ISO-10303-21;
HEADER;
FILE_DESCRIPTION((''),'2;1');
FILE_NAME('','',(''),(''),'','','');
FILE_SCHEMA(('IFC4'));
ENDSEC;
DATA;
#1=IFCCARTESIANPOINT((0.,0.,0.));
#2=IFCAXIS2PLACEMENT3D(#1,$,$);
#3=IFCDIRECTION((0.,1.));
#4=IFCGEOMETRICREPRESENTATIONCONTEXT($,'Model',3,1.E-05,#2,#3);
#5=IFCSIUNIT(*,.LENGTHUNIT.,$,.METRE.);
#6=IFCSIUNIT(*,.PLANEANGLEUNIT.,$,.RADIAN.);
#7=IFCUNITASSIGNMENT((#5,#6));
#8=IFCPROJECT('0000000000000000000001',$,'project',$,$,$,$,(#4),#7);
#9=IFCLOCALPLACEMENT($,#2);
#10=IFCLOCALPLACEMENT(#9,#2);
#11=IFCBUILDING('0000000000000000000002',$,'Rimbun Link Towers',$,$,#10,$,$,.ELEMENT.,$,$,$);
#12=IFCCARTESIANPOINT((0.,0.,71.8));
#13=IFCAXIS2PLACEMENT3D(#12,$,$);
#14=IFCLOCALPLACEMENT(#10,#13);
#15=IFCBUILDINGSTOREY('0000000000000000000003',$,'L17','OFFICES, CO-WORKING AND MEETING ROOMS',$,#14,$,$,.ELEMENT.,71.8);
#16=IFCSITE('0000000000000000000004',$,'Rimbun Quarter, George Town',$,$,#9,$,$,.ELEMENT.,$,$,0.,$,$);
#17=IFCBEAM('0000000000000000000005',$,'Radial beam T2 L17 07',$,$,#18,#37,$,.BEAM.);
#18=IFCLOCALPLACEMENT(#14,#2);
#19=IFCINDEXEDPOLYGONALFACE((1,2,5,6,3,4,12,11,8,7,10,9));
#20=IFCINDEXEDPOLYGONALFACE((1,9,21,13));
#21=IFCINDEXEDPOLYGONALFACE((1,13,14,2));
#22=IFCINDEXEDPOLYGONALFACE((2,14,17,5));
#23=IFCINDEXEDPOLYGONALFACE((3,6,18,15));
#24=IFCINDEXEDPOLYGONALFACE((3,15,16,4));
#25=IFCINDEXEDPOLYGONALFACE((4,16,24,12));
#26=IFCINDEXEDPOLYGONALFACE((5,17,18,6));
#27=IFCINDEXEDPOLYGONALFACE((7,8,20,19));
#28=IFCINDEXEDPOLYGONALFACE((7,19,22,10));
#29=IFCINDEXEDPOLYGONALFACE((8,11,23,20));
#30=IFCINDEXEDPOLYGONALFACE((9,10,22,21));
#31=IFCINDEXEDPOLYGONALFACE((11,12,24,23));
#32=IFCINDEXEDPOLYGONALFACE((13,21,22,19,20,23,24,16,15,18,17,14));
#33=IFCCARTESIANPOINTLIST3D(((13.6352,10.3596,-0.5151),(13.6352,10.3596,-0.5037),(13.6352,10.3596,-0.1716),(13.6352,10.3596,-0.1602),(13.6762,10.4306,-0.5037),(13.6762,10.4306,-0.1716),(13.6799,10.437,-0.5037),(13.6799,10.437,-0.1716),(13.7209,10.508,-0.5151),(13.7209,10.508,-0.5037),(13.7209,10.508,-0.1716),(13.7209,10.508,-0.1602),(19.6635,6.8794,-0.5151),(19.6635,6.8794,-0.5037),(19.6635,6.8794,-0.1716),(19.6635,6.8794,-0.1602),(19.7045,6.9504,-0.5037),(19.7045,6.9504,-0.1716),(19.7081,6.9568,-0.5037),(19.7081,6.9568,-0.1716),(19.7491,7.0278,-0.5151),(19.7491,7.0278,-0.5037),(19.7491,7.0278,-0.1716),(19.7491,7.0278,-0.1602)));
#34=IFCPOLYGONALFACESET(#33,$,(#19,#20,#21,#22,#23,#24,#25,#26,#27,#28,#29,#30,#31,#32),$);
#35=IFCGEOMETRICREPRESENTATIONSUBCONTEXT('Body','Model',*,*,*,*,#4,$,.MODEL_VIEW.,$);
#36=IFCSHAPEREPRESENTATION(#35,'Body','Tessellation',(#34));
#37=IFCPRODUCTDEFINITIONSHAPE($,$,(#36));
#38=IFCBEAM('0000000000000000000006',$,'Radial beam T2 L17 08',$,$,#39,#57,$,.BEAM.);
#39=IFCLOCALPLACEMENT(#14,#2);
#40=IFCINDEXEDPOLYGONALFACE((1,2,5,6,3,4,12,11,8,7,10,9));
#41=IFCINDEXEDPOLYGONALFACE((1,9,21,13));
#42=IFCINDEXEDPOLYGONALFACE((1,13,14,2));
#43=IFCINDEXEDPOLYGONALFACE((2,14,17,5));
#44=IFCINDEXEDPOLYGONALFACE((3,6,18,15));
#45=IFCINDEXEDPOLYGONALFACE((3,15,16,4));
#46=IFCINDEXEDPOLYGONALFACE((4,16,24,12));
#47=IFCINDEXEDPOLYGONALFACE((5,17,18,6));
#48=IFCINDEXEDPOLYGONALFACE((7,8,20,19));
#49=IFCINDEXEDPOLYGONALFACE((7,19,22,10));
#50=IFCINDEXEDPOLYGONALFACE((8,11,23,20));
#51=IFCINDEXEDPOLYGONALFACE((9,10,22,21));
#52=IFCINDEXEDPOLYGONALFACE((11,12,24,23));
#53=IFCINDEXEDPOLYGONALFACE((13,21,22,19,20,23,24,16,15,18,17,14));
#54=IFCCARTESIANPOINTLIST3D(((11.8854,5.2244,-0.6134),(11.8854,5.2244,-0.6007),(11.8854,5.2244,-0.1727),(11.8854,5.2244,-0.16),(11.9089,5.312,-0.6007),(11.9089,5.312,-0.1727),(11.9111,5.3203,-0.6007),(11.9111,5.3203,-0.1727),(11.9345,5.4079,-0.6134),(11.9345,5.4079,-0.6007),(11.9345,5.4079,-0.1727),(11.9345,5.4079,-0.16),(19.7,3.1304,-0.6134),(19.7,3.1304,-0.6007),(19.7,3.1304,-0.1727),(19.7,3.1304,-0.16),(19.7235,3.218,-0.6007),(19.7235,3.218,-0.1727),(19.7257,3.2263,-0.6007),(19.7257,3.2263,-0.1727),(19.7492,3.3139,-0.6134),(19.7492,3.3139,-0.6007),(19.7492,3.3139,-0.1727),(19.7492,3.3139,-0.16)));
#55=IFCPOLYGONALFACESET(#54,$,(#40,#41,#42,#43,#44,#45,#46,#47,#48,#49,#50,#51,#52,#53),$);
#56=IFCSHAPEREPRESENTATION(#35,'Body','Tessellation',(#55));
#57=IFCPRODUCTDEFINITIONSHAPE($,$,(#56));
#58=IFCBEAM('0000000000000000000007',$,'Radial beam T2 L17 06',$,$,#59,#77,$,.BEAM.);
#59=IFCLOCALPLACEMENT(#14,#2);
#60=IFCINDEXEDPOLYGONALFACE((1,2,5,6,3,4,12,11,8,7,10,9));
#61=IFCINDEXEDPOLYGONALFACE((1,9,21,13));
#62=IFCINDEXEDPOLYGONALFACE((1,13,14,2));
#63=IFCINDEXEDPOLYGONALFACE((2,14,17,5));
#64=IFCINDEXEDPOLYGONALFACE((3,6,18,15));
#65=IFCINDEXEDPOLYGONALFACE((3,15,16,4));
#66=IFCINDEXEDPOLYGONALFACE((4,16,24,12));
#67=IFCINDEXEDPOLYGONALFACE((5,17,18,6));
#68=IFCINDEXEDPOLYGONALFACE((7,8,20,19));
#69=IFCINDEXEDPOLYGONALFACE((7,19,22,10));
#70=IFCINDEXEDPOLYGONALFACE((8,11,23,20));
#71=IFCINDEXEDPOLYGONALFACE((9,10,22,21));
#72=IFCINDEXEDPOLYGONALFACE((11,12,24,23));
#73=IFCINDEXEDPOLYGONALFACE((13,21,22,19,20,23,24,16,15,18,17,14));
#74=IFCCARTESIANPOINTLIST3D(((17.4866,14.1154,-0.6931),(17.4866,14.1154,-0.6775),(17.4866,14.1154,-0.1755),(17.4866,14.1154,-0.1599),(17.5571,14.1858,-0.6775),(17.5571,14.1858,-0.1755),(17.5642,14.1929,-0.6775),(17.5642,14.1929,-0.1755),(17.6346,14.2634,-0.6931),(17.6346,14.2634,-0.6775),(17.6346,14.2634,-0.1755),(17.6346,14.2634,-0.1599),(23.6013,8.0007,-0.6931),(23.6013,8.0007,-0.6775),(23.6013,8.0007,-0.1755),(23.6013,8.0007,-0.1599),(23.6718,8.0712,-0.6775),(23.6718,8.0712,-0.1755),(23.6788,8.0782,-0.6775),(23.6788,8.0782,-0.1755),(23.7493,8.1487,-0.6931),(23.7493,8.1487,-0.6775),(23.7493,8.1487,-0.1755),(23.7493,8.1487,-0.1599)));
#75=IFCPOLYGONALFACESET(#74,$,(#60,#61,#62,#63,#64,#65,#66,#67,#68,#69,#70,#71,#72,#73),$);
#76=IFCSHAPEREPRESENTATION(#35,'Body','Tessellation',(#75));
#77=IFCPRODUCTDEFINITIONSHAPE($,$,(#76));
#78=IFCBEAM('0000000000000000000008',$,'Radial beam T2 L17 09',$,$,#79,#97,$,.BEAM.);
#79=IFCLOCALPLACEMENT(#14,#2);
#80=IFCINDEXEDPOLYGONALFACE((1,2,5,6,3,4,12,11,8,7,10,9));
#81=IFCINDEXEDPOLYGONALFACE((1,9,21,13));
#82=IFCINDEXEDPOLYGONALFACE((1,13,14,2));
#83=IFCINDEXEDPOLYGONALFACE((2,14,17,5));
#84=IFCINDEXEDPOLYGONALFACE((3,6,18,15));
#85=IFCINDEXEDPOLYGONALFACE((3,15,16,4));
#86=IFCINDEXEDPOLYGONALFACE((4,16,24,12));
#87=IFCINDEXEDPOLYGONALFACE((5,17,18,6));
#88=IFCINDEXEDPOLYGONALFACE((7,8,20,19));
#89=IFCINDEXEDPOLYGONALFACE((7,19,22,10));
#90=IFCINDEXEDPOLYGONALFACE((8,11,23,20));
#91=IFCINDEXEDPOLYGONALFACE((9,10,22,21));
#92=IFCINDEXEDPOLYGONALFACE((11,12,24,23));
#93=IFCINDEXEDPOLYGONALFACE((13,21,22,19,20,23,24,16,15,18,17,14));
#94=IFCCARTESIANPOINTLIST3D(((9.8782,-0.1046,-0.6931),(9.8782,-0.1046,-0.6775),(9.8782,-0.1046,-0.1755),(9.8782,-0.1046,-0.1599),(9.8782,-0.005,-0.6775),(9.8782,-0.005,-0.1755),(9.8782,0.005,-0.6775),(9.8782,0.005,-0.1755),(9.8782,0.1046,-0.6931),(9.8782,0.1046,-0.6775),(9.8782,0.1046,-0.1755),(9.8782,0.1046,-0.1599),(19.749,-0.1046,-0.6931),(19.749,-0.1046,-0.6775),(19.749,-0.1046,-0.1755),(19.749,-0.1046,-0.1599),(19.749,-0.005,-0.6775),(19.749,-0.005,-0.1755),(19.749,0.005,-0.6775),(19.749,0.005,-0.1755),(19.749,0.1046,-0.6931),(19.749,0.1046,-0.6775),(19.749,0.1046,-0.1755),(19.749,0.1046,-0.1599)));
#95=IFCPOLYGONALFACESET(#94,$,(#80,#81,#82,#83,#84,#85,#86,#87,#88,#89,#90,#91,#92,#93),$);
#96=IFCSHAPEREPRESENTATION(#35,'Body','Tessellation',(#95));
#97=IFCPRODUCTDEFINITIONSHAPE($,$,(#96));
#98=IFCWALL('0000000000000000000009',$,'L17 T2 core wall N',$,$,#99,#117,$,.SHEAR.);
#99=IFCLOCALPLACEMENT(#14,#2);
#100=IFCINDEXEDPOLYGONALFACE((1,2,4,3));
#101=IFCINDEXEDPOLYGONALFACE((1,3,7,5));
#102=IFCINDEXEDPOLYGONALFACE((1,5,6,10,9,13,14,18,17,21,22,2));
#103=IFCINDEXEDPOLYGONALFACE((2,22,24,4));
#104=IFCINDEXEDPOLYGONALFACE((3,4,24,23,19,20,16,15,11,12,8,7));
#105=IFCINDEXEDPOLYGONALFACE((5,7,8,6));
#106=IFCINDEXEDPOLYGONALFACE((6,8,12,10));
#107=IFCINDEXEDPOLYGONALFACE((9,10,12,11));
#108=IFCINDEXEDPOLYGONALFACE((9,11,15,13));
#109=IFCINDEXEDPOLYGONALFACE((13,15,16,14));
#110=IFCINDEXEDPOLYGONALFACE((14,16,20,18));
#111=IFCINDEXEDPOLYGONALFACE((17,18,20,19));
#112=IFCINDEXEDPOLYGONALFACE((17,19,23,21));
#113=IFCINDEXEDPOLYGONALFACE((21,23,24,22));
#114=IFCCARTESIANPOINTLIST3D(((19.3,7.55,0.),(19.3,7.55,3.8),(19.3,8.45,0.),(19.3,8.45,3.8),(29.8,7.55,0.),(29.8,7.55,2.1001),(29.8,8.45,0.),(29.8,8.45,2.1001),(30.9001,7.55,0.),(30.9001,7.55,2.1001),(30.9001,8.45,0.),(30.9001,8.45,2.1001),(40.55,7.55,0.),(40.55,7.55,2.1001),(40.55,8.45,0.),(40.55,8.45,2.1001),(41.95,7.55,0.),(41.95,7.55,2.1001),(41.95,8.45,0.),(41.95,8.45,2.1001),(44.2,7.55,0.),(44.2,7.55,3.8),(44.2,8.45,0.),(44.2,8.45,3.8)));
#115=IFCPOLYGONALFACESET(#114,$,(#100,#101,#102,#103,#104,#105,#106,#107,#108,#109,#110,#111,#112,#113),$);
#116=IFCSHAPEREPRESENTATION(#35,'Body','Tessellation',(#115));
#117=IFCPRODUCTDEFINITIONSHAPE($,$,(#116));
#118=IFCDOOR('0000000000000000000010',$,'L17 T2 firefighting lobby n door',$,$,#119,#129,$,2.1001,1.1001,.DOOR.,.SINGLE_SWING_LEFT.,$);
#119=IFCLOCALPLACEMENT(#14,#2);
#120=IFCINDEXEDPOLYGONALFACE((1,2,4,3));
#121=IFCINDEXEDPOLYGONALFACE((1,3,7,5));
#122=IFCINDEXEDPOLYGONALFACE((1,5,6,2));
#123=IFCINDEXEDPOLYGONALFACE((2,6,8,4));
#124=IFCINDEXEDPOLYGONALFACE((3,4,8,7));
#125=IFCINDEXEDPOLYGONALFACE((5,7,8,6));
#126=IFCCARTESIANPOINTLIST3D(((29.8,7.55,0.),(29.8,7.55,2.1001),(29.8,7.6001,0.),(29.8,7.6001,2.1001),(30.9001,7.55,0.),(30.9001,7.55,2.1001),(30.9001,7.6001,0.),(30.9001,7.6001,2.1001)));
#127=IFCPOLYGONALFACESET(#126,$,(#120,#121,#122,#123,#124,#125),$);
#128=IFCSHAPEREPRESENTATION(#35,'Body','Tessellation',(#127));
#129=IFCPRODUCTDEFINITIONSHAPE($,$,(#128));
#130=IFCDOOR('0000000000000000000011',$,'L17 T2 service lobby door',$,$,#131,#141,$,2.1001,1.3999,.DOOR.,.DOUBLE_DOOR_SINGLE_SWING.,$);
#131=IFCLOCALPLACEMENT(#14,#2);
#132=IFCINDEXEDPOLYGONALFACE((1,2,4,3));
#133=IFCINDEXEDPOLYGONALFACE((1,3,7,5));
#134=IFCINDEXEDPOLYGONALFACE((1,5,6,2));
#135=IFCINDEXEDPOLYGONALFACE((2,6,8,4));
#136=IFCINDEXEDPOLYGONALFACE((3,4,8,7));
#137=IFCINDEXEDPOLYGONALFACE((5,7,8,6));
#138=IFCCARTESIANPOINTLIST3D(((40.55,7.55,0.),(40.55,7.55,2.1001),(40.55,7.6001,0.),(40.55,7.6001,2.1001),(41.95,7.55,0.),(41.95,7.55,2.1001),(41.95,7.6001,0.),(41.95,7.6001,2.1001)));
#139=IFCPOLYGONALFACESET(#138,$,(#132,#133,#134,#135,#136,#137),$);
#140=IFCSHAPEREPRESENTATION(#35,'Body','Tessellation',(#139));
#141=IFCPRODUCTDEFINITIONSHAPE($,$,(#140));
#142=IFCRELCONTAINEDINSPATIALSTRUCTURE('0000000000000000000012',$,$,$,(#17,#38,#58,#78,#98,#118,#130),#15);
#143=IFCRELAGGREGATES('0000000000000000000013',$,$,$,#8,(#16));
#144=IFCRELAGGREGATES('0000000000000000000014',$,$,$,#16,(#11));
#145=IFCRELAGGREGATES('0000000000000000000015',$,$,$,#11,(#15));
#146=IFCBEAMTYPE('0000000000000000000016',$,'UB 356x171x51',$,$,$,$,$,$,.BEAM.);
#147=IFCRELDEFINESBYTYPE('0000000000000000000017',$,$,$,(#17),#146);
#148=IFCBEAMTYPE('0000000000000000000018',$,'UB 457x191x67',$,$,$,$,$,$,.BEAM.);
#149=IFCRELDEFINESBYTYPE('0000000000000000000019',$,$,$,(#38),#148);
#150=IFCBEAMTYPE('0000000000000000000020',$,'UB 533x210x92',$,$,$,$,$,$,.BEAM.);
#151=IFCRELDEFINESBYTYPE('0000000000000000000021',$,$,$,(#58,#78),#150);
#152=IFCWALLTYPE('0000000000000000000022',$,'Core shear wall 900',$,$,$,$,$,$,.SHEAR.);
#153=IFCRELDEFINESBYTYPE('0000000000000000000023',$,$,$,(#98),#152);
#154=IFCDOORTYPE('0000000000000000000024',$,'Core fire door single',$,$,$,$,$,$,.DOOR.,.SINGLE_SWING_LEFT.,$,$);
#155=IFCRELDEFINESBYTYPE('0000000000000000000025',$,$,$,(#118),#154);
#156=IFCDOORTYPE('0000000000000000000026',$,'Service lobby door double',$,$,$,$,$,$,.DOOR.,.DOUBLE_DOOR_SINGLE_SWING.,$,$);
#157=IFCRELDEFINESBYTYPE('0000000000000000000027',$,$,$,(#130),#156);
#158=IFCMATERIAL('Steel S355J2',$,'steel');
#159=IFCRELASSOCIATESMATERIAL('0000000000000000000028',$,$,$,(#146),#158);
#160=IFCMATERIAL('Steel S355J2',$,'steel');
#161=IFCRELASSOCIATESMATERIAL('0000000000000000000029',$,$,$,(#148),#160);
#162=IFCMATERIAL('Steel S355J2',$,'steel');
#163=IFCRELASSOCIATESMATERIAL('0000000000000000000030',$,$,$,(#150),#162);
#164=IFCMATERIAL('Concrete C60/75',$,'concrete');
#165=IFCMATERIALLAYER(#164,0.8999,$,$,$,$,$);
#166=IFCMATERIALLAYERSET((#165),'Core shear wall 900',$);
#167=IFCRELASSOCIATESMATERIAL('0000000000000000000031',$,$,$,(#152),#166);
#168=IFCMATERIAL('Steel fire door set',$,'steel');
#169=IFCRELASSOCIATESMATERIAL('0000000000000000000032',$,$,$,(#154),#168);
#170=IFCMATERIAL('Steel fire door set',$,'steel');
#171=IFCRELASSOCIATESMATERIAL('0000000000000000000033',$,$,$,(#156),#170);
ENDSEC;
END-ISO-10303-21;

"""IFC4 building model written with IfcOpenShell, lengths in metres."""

from ifc_helpers import new_model, si_unit, direction, frame, frame_2d, origin, origin_2d, place, context, subcontext, project, spatial, rectangle, i_section, extrude, material, layer, layer_set, material_profile, profile_set, type_object, element, fill, save


model = new_model("IFC4")

# Units and contexts
model_context = context("Model", 3, precision=1e-05, world=origin(), true_north=direction((0.0, 1.0)))
body_context = subcontext(model_context, "Body", "Model", "MODEL_VIEW")
ifc_project = project(units=[si_unit("LENGTHUNIT", "METRE"), si_unit("PLANEANGLEUNIT", "RADIAN")], contexts=[model_context])

# Site, building, storey
site_placement = place(None, origin())
site = spatial("IfcSite", under=ifc_project, at=site_placement, Name="Rimbun Quarter, George Town", CompositionType="ELEMENT", RefElevation=0.0)
building_placement = place(site_placement, origin())
building = spatial("IfcBuilding", under=site, at=building_placement, Name="Rimbun Link Towers", CompositionType="ELEMENT")
storey_placement = place(building_placement, frame((0.0, 0.0, 71.8)))
storey = spatial("IfcBuildingStorey", under=building, at=storey_placement, Name="L17", Description="OFFICES, CO-WORKING AND MEETING ROOMS", CompositionType="ELEMENT", Elevation=71.8)

# Beams
ifc_material_1 = material(Name="Steel S355J2", Category="steel")
ifc_material_profile_1 = material_profile(ifc_material_1, i_section(OverallWidth=0.1714, OverallDepth=0.355, WebThickness=0.0073, FlangeThickness=0.0115, at=origin_2d()), Name="UB 356x171x51")
ifc_profile_set_1 = profile_set([ifc_material_profile_1], Name="Steel S355J2")
beam_type_1 = type_object("IfcBeamType", Name="UB 356x171x51", PredefinedType="BEAM", material=ifc_profile_set_1)
beam_1_placement = place(storey_placement, frame((19.7063, 6.9536, -0.3376), z_axis=(-0.86604, 0.499975, 0.0), x_axis=(-0.499975, -0.86604, 0.0)))
element("IfcBeam", 1, at=beam_1_placement, inside=storey, type_object=beam_type_1, Name="Radial beam T2 L17 07", PredefinedType="BEAM", context=body_context, shape_type="SweptSolid", body=[
    extrude(i_section(OverallWidth=0.1714, OverallDepth=0.355, WebThickness=0.0073, FlangeThickness=0.0115, at=origin_2d()), origin(), (0.0, 0.0, 1.0), 6.9607),
])
ifc_material_2 = material(Name="Steel S355J2", Category="steel")
ifc_material_profile_2 = material_profile(ifc_material_2, i_section(OverallWidth=0.1899, OverallDepth=0.4534, WebThickness=0.0085, FlangeThickness=0.0127, at=origin_2d()), Name="UB 457x191x67")
ifc_profile_set_2 = profile_set([ifc_material_profile_2], Name="Steel S355J2")
beam_type_2 = type_object("IfcBeamType", Name="UB 457x191x67", PredefinedType="BEAM", material=ifc_profile_set_2)
beam_2_placement = place(storey_placement, frame((19.7246, 3.2222, -0.3867), z_axis=(-0.965924, 0.258825, 0.0), x_axis=(-0.258825, -0.965924, 0.0)))
element("IfcBeam", 2, at=beam_2_placement, inside=storey, type_object=beam_type_2, Name="Radial beam T2 L17 08", PredefinedType="BEAM", context=body_context, shape_type="SweptSolid", body=[
    extrude(i_section(OverallWidth=0.1899, OverallDepth=0.4534, WebThickness=0.0085, FlangeThickness=0.0127, at=origin_2d()), origin(), (0.0, 0.0, 1.0), 8.0903),
])
ifc_material_3 = material(Name="Steel S355J2", Category="steel")
ifc_material_profile_3 = material_profile(ifc_material_3, i_section(OverallWidth=0.2092, OverallDepth=0.5332, WebThickness=0.01, FlangeThickness=0.0156, at=origin_2d()), Name="UB 533x210x92")
ifc_profile_set_3 = profile_set([ifc_material_profile_3], Name="Steel S355J2")
beam_type_3 = type_object("IfcBeamType", Name="UB 533x210x92", PredefinedType="BEAM", material=ifc_profile_set_3)
beam_3_placement = place(storey_placement, frame((23.6753, 8.0747, -0.4265), z_axis=(-0.707107, 0.707107, 0.0), x_axis=(-0.707107, -0.707107, 0.0)))
element("IfcBeam", 3, at=beam_3_placement, inside=storey, type_object=beam_type_3, Name="Radial beam T2 L17 06", PredefinedType="BEAM", context=body_context, shape_type="SweptSolid", body=[
    extrude(i_section(OverallWidth=0.2092, OverallDepth=0.5332, WebThickness=0.01, FlangeThickness=0.0156, at=origin_2d()), origin(), (0.0, 0.0, 1.0), 8.6475),
])
beam_4_placement = place(storey_placement, frame((19.749, 0.0, -0.4265), z_axis=(-1.0, 0.0, 0.0), x_axis=(0.0, -1.0, 0.0)))
element("IfcBeam", 4, at=beam_4_placement, inside=storey, type_object=beam_type_3, Name="Radial beam T2 L17 09", PredefinedType="BEAM", context=body_context, shape_type="SweptSolid", body=[
    extrude(i_section(OverallWidth=0.2092, OverallDepth=0.5332, WebThickness=0.01, FlangeThickness=0.0156, at=origin_2d()), origin(), (0.0, 0.0, 1.0), 9.8708),
])

# Wall, openings, doors
ifc_material_4 = material(Name="Concrete C60/75", Category="concrete")
ifc_layer_1 = layer(ifc_material_4, 0.8999)
ifc_layer_set_1 = layer_set([ifc_layer_1], Name="Core shear wall 900")
wall_type_1 = type_object("IfcWallType", Name="Core shear wall 900", PredefinedType="SHEAR", material=ifc_layer_set_1)
wall_1_placement = place(storey_placement, frame((19.3, 8.0, 0.0), z_axis=(0.0, 0.0, 1.0), x_axis=(1.0, 0.0, 0.0)))
wall_1 = element("IfcWall", 5, at=wall_1_placement, inside=storey, type_object=wall_type_1, Name="L17 T2 core wall N", PredefinedType="SHEAR", context=body_context, shape_type="SweptSolid", body=[
    extrude(rectangle(XDim=24.8999, YDim=0.8999, at=frame_2d((12.45, 0.0))), origin(), (0.0, 0.0, 1.0), 3.8),
])
opening_1_placement = place(wall_1_placement, frame((10.5, 0.0, 0.0)))
opening_1 = element("IfcOpeningElement", 6, at=opening_1_placement, cuts=wall_1, PredefinedType="OPENING", context=body_context, shape_type="SweptSolid", body=[
    extrude(rectangle(XDim=1.1001, YDim=2.1001, at=frame_2d((0.55, 1.05))), frame((0.0, 0.46, 0.0), z_axis=(0.0, -1.0, 0.0), x_axis=(1.0, 0.0, 0.0)), (0.0, 0.0, 1.0), 0.9199),
])
opening_2_placement = place(wall_1_placement, frame((21.25, 0.0, 0.0)))
opening_2 = element("IfcOpeningElement", 7, at=opening_2_placement, cuts=wall_1, PredefinedType="OPENING", context=body_context, shape_type="SweptSolid", body=[
    extrude(rectangle(XDim=1.3999, YDim=2.1001, at=frame_2d((0.7, 1.05))), frame((0.0, 0.46, 0.0), z_axis=(0.0, -1.0, 0.0), x_axis=(1.0, 0.0, 0.0)), (0.0, 0.0, 1.0), 0.9199),
])
ifc_material_5 = material(Name="Steel fire door set", Category="steel")
door_type_1 = type_object("IfcDoorType", Name="Core fire door single", OperationType="SINGLE_SWING_LEFT", PredefinedType="DOOR", material=ifc_material_5)
door_1_placement = place(opening_1_placement, origin())
door_1 = element("IfcDoor", 8, at=door_1_placement, inside=storey, type_object=door_type_1, Name="L17 T2 firefighting lobby n door", OperationType="SINGLE_SWING_LEFT", OverallHeight=2.1001, OverallWidth=1.1001, PredefinedType="DOOR", context=body_context, shape_type="SweptSolid", body=[
    extrude(rectangle(XDim=1.1001, YDim=2.1001, at=frame_2d((0.55, 1.05))), frame((0.0, -0.3999, 0.0), z_axis=(0.0, -1.0, 0.0), x_axis=(1.0, 0.0, 0.0)), (0.0, 0.0, 1.0), 0.05),
])
fill(opening_1, door_1)
ifc_material_6 = material(Name="Steel fire door set", Category="steel")
door_type_2 = type_object("IfcDoorType", Name="Service lobby door double", OperationType="DOUBLE_DOOR_SINGLE_SWING", PredefinedType="DOOR", material=ifc_material_6)
door_2_placement = place(opening_2_placement, origin())
door_2 = element("IfcDoor", 9, at=door_2_placement, inside=storey, type_object=door_type_2, Name="L17 T2 service lobby door", OperationType="DOUBLE_DOOR_SINGLE_SWING", OverallHeight=2.1001, OverallWidth=1.3999, PredefinedType="DOOR", context=body_context, shape_type="SweptSolid", body=[
    extrude(rectangle(XDim=1.3999, YDim=2.1001, at=frame_2d((0.7, 1.05))), frame((0.0, -0.3999, 0.0), z_axis=(0.0, -1.0, 0.0), x_axis=(1.0, 0.0, 0.0)), (0.0, 0.0, 1.0), 0.05),
])
fill(opening_2, door_2)

save(model, "model.ifc")
